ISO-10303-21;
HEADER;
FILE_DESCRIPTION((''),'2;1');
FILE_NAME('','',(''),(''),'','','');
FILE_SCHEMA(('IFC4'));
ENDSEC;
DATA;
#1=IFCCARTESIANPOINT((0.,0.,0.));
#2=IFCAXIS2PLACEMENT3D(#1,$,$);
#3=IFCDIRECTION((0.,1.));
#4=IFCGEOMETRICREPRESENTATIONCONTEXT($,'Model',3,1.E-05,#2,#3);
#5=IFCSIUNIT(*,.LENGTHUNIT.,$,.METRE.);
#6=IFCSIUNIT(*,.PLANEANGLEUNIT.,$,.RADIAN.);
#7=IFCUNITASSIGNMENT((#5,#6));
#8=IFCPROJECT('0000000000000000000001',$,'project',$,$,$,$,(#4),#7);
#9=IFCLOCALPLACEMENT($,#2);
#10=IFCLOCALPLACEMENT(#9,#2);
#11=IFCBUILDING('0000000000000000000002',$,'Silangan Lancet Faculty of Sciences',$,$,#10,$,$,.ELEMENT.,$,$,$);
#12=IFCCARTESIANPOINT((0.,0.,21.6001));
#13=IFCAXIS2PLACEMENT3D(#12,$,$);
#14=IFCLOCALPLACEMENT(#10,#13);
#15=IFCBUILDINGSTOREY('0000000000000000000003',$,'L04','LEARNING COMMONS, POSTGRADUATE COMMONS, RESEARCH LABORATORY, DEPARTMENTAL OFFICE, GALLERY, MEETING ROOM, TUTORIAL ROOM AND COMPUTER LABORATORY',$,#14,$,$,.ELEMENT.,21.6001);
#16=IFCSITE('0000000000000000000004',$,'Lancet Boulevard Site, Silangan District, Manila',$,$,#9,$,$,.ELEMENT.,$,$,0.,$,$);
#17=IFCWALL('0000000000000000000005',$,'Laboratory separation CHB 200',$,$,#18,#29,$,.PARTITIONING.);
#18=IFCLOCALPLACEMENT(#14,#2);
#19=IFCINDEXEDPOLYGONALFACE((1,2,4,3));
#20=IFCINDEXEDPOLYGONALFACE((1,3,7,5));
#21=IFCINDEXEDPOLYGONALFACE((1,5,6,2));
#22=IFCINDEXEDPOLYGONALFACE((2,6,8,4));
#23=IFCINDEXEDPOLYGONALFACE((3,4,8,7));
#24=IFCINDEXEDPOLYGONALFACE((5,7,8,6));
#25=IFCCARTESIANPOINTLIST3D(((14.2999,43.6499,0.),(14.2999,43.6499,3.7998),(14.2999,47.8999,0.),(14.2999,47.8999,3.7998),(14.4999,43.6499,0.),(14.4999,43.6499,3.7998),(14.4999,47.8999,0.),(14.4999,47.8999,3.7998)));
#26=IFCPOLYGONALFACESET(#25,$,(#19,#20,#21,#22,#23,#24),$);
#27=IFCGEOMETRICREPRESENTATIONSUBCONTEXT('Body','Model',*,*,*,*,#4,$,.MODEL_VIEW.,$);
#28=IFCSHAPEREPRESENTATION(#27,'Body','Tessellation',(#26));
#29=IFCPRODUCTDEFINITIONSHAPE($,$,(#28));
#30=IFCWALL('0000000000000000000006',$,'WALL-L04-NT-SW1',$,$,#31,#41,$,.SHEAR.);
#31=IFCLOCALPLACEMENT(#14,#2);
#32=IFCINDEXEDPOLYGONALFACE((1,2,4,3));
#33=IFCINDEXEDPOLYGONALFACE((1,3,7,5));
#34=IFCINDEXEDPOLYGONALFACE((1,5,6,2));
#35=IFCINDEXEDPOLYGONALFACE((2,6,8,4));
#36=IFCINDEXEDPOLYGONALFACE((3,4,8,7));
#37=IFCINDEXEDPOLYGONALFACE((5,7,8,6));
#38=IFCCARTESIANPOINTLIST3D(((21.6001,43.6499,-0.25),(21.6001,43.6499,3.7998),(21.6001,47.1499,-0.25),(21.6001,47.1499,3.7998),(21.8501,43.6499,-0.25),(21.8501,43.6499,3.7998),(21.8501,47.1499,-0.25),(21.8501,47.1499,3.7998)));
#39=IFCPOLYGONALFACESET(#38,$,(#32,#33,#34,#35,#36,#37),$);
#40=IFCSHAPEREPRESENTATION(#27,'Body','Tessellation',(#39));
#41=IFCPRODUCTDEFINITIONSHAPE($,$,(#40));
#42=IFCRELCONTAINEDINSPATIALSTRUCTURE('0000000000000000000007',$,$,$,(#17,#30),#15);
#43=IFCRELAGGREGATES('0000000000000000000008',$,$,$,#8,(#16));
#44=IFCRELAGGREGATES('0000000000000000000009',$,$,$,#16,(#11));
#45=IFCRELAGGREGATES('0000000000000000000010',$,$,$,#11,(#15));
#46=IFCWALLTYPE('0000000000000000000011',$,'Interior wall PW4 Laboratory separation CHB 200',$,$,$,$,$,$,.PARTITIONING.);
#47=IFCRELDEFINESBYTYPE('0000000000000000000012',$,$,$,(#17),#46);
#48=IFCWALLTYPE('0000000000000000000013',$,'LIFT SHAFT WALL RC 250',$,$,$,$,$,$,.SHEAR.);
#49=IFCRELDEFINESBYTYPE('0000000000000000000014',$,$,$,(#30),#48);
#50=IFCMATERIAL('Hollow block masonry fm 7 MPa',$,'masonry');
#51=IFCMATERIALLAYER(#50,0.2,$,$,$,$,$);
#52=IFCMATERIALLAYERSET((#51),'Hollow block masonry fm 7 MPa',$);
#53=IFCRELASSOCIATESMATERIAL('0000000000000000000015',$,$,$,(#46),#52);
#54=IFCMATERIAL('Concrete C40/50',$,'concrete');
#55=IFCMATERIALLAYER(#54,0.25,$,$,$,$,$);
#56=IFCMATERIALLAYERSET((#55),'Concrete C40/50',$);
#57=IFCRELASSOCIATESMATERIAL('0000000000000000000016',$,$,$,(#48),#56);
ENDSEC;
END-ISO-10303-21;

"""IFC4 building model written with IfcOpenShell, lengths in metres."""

from ifc_helpers import new_model, si_unit, direction, frame, frame_2d, origin, place, context, subcontext, project, spatial, rectangle, extrude, material, layer, layer_set, type_object, element, save


model = new_model("IFC4")

# Units and contexts
model_context = context("Model", 3, precision=1e-05, world=origin(), true_north=direction((0.0, 1.0)))
body_context = subcontext(model_context, "Body", "Model", "MODEL_VIEW")
ifc_project = project(units=[si_unit("LENGTHUNIT", "METRE"), si_unit("PLANEANGLEUNIT", "RADIAN")], contexts=[model_context])

# Site, building, storey
site_placement = place(None, origin())
site = spatial("IfcSite", under=ifc_project, at=site_placement, Name="Lancet Boulevard Site, Silangan District, Manila", CompositionType="ELEMENT", RefElevation=0.0)
building_placement = place(site_placement, origin())
building = spatial("IfcBuilding", under=site, at=building_placement, Name="Silangan Lancet Faculty of Sciences", CompositionType="ELEMENT")
storey_placement = place(building_placement, frame((0.0, 0.0, 21.6001)))
storey = spatial("IfcBuildingStorey", under=building, at=storey_placement, Name="L04", Description="LEARNING COMMONS, POSTGRADUATE COMMONS, RESEARCH LABORATORY, DEPARTMENTAL OFFICE, GALLERY, MEETING ROOM, TUTORIAL ROOM AND COMPUTER LABORATORY", CompositionType="ELEMENT", Elevation=21.6001)

# Wall
ifc_material_1 = material(Name="Hollow block masonry fm 7 MPa", Category="masonry")
ifc_layer_1 = layer(ifc_material_1, 0.2)
ifc_layer_set_1 = layer_set([ifc_layer_1], Name="Hollow block masonry fm 7 MPa")
wall_type_1 = type_object("IfcWallType", Name="Interior wall PW4 Laboratory separation CHB 200", PredefinedType="PARTITIONING", material=ifc_layer_set_1)
wall_1_placement = place(storey_placement, frame((14.3999, 43.6499, 0.0), z_axis=(0.0, 0.0, 1.0), x_axis=(0.0, 1.0, 0.0)))
element("IfcWall", 1, at=wall_1_placement, inside=storey, type_object=wall_type_1, Name="Laboratory separation CHB 200", PredefinedType="PARTITIONING", context=body_context, shape_type="SweptSolid", body=[
    extrude(rectangle(XDim=4.25, YDim=0.2, at=frame_2d((2.125, 0.0))), origin(), (0.0, 0.0, 1.0), 3.7998),
])

# Wall
ifc_material_2 = material(Name="Concrete C40/50", Category="concrete")
ifc_layer_2 = layer(ifc_material_2, 0.25)
ifc_layer_set_2 = layer_set([ifc_layer_2], Name="Concrete C40/50")
wall_type_2 = type_object("IfcWallType", Name="LIFT SHAFT WALL RC 250", PredefinedType="SHEAR", material=ifc_layer_set_2)
wall_2_placement = place(storey_placement, frame((21.7251, 43.6499, -0.25), z_axis=(0.0, 0.0, 1.0), x_axis=(0.0, 1.0, 0.0)))
element("IfcWall", 2, at=wall_2_placement, inside=storey, type_object=wall_type_2, Name="WALL-L04-NT-SW1", PredefinedType="SHEAR", context=body_context, shape_type="SweptSolid", body=[
    extrude(rectangle(XDim=3.5, YDim=0.25, at=frame_2d((1.75, 0.0))), origin(), (0.0, 0.0, 1.0), 4.0498),
])

save(model, "model.ifc")
